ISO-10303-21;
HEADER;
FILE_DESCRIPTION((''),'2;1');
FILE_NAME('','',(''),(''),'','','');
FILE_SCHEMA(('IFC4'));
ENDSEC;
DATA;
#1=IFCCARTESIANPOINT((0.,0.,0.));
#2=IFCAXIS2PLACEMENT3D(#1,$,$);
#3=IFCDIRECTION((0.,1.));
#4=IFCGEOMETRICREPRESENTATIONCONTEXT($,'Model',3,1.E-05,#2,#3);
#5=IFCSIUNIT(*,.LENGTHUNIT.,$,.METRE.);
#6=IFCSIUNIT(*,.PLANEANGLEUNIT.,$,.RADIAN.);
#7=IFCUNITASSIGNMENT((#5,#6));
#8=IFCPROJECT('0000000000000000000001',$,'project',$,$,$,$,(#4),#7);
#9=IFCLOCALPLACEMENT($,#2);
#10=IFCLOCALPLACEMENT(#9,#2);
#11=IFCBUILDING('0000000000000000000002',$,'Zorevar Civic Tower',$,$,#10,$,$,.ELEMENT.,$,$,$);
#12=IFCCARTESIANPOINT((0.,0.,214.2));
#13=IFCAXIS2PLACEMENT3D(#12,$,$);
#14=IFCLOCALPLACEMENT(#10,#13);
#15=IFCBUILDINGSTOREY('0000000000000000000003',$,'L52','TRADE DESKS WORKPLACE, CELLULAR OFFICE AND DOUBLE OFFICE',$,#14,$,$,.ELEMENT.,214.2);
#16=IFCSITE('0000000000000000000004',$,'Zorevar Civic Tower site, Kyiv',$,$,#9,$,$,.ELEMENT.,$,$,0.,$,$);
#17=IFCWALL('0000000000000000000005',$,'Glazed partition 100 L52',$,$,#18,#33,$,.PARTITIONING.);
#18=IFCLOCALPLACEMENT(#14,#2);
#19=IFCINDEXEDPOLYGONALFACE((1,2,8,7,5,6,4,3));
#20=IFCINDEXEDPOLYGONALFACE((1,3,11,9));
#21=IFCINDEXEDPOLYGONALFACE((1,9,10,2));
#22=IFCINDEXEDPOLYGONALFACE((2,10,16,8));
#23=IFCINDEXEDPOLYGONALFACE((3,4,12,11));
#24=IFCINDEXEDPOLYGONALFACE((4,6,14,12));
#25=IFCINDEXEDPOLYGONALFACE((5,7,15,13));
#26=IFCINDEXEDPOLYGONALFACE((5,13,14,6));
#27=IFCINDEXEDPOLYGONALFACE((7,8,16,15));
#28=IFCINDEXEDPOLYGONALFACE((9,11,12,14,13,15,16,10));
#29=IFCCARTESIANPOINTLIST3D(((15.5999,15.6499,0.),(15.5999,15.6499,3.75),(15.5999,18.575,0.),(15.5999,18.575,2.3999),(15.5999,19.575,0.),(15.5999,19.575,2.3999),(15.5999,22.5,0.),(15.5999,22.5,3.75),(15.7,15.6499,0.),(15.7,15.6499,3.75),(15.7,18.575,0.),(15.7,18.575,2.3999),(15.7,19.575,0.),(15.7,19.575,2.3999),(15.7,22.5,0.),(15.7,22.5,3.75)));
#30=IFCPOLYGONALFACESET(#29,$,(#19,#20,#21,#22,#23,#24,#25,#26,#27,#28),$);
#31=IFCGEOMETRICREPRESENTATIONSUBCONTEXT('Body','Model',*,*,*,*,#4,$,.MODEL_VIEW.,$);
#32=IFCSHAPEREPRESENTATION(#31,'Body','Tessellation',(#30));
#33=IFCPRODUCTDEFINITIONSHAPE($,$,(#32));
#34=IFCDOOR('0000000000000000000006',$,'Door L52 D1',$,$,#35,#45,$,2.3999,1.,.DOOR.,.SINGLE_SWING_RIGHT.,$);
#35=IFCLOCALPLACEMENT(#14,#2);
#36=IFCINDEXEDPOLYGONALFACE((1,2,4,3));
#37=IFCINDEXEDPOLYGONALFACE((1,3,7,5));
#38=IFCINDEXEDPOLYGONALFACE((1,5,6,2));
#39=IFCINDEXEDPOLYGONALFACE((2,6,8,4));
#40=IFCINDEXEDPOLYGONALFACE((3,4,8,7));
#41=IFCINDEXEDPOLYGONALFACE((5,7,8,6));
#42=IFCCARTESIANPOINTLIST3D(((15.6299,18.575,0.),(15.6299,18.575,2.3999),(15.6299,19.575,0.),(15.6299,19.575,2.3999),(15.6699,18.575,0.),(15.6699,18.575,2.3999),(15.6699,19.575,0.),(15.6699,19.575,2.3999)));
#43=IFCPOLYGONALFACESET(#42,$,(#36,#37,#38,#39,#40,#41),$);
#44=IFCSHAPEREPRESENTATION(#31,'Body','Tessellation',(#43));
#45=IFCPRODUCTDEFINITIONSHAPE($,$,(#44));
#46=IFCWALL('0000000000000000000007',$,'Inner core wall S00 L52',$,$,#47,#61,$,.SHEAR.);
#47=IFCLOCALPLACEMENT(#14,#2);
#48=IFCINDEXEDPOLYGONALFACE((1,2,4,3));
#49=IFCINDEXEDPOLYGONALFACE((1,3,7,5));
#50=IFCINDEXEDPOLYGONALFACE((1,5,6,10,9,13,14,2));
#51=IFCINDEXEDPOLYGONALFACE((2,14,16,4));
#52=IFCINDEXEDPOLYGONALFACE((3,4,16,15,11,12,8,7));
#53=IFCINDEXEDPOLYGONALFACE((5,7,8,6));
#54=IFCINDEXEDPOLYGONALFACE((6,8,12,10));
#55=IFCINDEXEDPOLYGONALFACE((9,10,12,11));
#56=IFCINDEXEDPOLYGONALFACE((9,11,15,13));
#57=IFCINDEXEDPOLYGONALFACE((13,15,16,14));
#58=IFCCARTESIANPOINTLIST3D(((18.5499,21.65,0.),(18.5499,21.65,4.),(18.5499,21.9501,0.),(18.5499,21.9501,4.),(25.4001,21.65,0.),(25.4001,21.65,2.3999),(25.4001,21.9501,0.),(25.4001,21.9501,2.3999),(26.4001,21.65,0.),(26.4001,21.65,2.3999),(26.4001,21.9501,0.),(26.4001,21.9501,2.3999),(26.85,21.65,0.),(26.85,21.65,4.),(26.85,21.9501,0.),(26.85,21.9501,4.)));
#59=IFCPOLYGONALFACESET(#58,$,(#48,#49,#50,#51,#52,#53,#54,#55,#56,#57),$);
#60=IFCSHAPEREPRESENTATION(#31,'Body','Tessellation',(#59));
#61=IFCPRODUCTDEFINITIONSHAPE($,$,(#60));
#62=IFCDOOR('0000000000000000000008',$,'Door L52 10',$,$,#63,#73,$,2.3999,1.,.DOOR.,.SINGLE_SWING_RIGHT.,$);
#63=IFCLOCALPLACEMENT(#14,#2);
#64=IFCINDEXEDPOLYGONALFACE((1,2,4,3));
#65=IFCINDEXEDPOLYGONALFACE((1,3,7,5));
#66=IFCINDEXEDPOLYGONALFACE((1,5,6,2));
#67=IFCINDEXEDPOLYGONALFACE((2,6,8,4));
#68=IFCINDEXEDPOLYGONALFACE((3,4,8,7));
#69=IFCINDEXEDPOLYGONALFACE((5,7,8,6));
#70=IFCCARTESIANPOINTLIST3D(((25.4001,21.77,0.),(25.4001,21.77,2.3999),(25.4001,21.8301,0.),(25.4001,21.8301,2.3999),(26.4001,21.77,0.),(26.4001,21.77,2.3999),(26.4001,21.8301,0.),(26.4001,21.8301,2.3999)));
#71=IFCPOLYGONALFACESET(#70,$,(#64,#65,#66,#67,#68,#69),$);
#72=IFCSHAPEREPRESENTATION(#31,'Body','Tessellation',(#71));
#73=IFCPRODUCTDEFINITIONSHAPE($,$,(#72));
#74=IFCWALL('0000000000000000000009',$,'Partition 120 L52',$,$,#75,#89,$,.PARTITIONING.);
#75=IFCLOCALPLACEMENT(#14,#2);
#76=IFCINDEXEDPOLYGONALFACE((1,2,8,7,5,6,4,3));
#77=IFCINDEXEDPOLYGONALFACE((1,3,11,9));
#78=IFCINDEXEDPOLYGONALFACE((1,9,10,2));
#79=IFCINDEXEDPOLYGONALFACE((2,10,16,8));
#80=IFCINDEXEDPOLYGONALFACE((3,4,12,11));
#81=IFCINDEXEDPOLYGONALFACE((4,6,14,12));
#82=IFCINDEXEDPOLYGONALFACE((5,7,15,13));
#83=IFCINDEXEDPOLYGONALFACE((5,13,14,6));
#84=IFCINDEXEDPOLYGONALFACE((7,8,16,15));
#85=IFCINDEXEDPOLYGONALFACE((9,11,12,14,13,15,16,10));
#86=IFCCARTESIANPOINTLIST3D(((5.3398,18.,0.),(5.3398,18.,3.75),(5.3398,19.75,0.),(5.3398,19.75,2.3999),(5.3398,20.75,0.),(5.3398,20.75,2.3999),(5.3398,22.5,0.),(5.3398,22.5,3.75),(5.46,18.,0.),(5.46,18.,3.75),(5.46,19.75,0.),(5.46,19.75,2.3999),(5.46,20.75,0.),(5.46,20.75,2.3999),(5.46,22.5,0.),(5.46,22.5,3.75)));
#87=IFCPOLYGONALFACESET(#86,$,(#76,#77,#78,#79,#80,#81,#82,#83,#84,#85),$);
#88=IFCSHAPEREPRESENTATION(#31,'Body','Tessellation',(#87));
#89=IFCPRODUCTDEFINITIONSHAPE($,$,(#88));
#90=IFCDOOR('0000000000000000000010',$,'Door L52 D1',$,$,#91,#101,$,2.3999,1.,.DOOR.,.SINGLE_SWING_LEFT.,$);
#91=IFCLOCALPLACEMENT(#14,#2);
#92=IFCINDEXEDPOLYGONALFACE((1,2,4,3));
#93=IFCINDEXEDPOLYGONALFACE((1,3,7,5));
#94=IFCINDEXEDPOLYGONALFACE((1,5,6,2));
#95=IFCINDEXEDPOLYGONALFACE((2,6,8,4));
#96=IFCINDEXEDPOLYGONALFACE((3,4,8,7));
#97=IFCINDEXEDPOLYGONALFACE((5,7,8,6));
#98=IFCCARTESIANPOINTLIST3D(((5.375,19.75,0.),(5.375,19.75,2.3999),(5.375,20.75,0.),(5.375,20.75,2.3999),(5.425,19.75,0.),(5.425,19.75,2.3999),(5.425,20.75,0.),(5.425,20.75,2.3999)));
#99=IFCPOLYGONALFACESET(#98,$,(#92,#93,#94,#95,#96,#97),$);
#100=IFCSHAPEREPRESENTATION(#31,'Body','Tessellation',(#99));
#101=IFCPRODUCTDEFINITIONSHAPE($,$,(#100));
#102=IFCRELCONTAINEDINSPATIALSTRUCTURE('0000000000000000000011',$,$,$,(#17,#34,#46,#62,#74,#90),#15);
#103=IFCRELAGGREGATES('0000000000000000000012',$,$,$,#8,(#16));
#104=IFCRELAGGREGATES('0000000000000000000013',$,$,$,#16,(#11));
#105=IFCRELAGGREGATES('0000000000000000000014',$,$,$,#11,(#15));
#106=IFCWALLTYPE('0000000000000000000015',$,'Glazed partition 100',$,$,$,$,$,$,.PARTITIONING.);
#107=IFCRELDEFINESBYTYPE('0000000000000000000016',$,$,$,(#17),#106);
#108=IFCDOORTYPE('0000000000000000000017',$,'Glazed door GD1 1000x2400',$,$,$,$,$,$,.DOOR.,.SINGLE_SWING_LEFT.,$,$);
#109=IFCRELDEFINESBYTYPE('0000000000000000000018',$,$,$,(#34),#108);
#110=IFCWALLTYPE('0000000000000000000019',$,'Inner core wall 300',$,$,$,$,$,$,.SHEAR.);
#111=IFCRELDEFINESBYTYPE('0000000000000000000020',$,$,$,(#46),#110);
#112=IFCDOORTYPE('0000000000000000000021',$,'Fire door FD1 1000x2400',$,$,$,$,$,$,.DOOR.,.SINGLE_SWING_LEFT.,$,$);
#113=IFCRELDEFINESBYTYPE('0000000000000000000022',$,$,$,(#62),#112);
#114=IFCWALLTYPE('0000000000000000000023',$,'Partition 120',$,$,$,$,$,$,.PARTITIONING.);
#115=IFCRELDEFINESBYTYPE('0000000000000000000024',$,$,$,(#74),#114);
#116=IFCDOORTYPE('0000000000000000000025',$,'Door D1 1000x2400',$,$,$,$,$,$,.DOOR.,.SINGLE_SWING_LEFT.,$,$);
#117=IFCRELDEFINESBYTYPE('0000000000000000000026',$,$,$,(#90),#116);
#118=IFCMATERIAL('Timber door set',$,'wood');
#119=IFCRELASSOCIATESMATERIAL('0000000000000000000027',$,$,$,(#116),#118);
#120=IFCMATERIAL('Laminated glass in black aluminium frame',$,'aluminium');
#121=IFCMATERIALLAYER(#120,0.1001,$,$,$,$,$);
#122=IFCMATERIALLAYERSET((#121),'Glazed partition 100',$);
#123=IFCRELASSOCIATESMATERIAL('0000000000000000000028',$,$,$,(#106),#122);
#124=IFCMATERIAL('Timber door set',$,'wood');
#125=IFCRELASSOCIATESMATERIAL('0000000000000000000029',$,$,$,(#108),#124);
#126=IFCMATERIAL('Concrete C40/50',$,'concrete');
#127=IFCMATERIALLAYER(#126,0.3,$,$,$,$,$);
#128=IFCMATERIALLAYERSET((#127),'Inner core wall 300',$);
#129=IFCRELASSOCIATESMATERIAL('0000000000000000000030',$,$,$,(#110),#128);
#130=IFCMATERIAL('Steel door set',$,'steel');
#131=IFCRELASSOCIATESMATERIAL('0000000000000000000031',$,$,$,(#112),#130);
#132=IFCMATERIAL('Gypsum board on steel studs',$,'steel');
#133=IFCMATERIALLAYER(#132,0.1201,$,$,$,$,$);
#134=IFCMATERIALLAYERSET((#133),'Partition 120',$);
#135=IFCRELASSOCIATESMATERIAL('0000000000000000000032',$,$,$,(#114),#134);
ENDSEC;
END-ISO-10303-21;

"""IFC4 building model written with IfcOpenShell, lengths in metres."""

from ifc_helpers import new_model, si_unit, direction, frame, frame_2d, origin, place, context, subcontext, project, spatial, rectangle, extrude, material, layer, layer_set, type_object, element, fill, save


model = new_model("IFC4")

# Units and contexts
model_context = context("Model", 3, precision=1e-05, world=origin(), true_north=direction((0.0, 1.0)))
body_context = subcontext(model_context, "Body", "Model", "MODEL_VIEW")
ifc_project = project(units=[si_unit("LENGTHUNIT", "METRE"), si_unit("PLANEANGLEUNIT", "RADIAN")], contexts=[model_context])

# Site, building, storey
site_placement = place(None, origin())
site = spatial("IfcSite", under=ifc_project, at=site_placement, Name="Zorevar Civic Tower site, Kyiv", CompositionType="ELEMENT", RefElevation=0.0)
building_placement = place(site_placement, origin())
building = spatial("IfcBuilding", under=site, at=building_placement, Name="Zorevar Civic Tower", CompositionType="ELEMENT")
storey_placement = place(building_placement, frame((0.0, 0.0, 214.2)))
storey = spatial("IfcBuildingStorey", under=building, at=storey_placement, Name="L52", Description="TRADE DESKS WORKPLACE, CELLULAR OFFICE AND DOUBLE OFFICE", CompositionType="ELEMENT", Elevation=214.2)

# Shared definitions
ifc_material_1 = material(Name="Timber door set", Category="wood")
door_type_1 = type_object("IfcDoorType", Name="Door D1 1000x2400", OperationType="SINGLE_SWING_LEFT", PredefinedType="DOOR", material=ifc_material_1)

# Shared definitions
ifc_material_2 = material(Name="Laminated glass in black aluminium frame", Category="aluminium")
ifc_layer_1 = layer(ifc_material_2, 0.1001)
ifc_layer_set_1 = layer_set([ifc_layer_1], Name="Glazed partition 100")
wall_type_1 = type_object("IfcWallType", Name="Glazed partition 100", PredefinedType="PARTITIONING", material=ifc_layer_set_1)
ifc_material_3 = material(Name="Timber door set", Category="wood")
door_type_2 = type_object("IfcDoorType", Name="Glazed door GD1 1000x2400", OperationType="SINGLE_SWING_LEFT", PredefinedType="DOOR", material=ifc_material_3)

# Walls, openings, doors
wall_1_placement = place(storey_placement, frame((15.6499, 15.6499, 0.0), z_axis=(0.0, 0.0, 1.0), x_axis=(0.0, 1.0, 0.0)))
wall_1 = element("IfcWall", 1, at=wall_1_placement, inside=storey, type_object=wall_type_1, Name="Glazed partition 100 L52", PredefinedType="PARTITIONING", context=body_context, shape_type="SweptSolid", body=[
    extrude(rectangle(XDim=6.8501, YDim=0.1001, at=frame_2d((3.425, 0.0))), origin(), (0.0, 0.0, 1.0), 3.75),
])
opening_1_placement = place(wall_1_placement, frame((2.925, 0.0, 0.0)))
opening_1 = element("IfcOpeningElement", 2, at=opening_1_placement, cuts=wall_1, PredefinedType="OPENING", context=body_context, shape_type="SweptSolid", body=[
    extrude(rectangle(XDim=1.0, YDim=2.3999, at=frame_2d((0.5, 1.2))), frame((0.0, 0.0601, 0.0), z_axis=(0.0, -1.0, 0.0), x_axis=(1.0, 0.0, 0.0)), (0.0, 0.0, 1.0), 0.1201),
])
door_1_placement = place(opening_1_placement, origin())
door_1 = element("IfcDoor", 3, at=door_1_placement, inside=storey, type_object=door_type_2, Name="Door L52 D1", OperationType="SINGLE_SWING_RIGHT", OverallHeight=2.3999, OverallWidth=1.0, PredefinedType="DOOR", context=body_context, shape_type="SweptSolid", body=[
    extrude(rectangle(XDim=1.0, YDim=2.3999, at=frame_2d((0.5, 1.2))), frame((0.0, 0.02, 0.0), z_axis=(0.0, -1.0, 0.0), x_axis=(1.0, 0.0, 0.0)), (0.0, 0.0, 1.0), 0.04),
])
fill(opening_1, door_1)
ifc_material_4 = material(Name="Concrete C40/50", Category="concrete")
ifc_layer_2 = layer(ifc_material_4, 0.3)
ifc_layer_set_2 = layer_set([ifc_layer_2], Name="Inner core wall 300")
wall_type_2 = type_object("IfcWallType", Name="Inner core wall 300", PredefinedType="SHEAR", material=ifc_layer_set_2)
wall_2_placement = place(storey_placement, frame((18.55, 21.8, 0.0), z_axis=(0.0, 0.0, 1.0), x_axis=(1.0, 0.0, 0.0)))
wall_2 = element("IfcWall", 4, at=wall_2_placement, inside=storey, type_object=wall_type_2, Name="Inner core wall S00 L52", PredefinedType="SHEAR", context=body_context, shape_type="SweptSolid", body=[
    extrude(rectangle(XDim=8.3, YDim=0.3, at=frame_2d((4.1499, 0.0))), origin(), (0.0, 0.0, 1.0), 4.0),
])
opening_2_placement = place(wall_2_placement, frame((6.8501, 0.0, 0.0)))
opening_2 = element("IfcOpeningElement", 5, at=opening_2_placement, cuts=wall_2, PredefinedType="OPENING", context=body_context, shape_type="SweptSolid", body=[
    extrude(rectangle(XDim=1.0, YDim=2.3999, at=frame_2d((0.5, 1.2))), frame((0.0, 0.1599, 0.0), z_axis=(0.0, -1.0, 0.0), x_axis=(1.0, 0.0, 0.0)), (0.0, 0.0, 1.0), 0.3201),
])
ifc_material_5 = material(Name="Steel door set", Category="steel")
door_type_3 = type_object("IfcDoorType", Name="Fire door FD1 1000x2400", OperationType="SINGLE_SWING_LEFT", PredefinedType="DOOR", material=ifc_material_5)
door_2_placement = place(opening_2_placement, origin())
door_2 = element("IfcDoor", 6, at=door_2_placement, inside=storey, type_object=door_type_3, Name="Door L52 10", OperationType="SINGLE_SWING_RIGHT", OverallHeight=2.3999, OverallWidth=1.0, PredefinedType="DOOR", context=body_context, shape_type="SweptSolid", body=[
    extrude(rectangle(XDim=1.0, YDim=2.3999, at=frame_2d((0.5, 1.2))), frame((0.0, 0.03, 0.0), z_axis=(0.0, -1.0, 0.0), x_axis=(1.0, 0.0, 0.0)), (0.0, 0.0, 1.0), 0.0601),
])
fill(opening_2, door_2)
ifc_material_6 = material(Name="Gypsum board on steel studs", Category="steel")
ifc_layer_3 = layer(ifc_material_6, 0.1201)
ifc_layer_set_3 = layer_set([ifc_layer_3], Name="Partition 120")
wall_type_3 = type_object("IfcWallType", Name="Partition 120", PredefinedType="PARTITIONING", material=ifc_layer_set_3)
wall_3_placement = place(storey_placement, frame((5.3999, 18.0, 0.0), z_axis=(0.0, 0.0, 1.0), x_axis=(0.0, 1.0, 0.0)))
wall_3 = element("IfcWall", 7, at=wall_3_placement, inside=storey, type_object=wall_type_3, Name="Partition 120 L52", PredefinedType="PARTITIONING", context=body_context, shape_type="SweptSolid", body=[
    extrude(rectangle(XDim=4.5, YDim=0.1201, at=frame_2d((2.25, 0.0))), origin(), (0.0, 0.0, 1.0), 3.75),
])
opening_3_placement = place(wall_3_placement, frame((1.75, 0.0, 0.0)))
opening_3 = element("IfcOpeningElement", 8, at=opening_3_placement, cuts=wall_3, PredefinedType="OPENING", context=body_context, shape_type="SweptSolid", body=[
    extrude(rectangle(XDim=1.0, YDim=2.3999, at=frame_2d((0.5, 1.2))), frame((0.0, 0.0701, 0.0), z_axis=(0.0, -1.0, 0.0), x_axis=(1.0, 0.0, 0.0)), (0.0, 0.0, 1.0), 0.1401),
])
door_3_placement = place(opening_3_placement, origin())
door_3 = element("IfcDoor", 9, at=door_3_placement, inside=storey, type_object=door_type_1, Name="Door L52 D1", OperationType="SINGLE_SWING_LEFT", OverallHeight=2.3999, OverallWidth=1.0, PredefinedType="DOOR", context=body_context, shape_type="SweptSolid", body=[
    extrude(rectangle(XDim=1.0, YDim=2.3999, at=frame_2d((0.5, 1.2))), frame((0.0, 0.0249, 0.0), z_axis=(0.0, -1.0, 0.0), x_axis=(1.0, 0.0, 0.0)), (0.0, 0.0, 1.0), 0.05),
])
fill(opening_3, door_3)

save(model, "model.ifc")
